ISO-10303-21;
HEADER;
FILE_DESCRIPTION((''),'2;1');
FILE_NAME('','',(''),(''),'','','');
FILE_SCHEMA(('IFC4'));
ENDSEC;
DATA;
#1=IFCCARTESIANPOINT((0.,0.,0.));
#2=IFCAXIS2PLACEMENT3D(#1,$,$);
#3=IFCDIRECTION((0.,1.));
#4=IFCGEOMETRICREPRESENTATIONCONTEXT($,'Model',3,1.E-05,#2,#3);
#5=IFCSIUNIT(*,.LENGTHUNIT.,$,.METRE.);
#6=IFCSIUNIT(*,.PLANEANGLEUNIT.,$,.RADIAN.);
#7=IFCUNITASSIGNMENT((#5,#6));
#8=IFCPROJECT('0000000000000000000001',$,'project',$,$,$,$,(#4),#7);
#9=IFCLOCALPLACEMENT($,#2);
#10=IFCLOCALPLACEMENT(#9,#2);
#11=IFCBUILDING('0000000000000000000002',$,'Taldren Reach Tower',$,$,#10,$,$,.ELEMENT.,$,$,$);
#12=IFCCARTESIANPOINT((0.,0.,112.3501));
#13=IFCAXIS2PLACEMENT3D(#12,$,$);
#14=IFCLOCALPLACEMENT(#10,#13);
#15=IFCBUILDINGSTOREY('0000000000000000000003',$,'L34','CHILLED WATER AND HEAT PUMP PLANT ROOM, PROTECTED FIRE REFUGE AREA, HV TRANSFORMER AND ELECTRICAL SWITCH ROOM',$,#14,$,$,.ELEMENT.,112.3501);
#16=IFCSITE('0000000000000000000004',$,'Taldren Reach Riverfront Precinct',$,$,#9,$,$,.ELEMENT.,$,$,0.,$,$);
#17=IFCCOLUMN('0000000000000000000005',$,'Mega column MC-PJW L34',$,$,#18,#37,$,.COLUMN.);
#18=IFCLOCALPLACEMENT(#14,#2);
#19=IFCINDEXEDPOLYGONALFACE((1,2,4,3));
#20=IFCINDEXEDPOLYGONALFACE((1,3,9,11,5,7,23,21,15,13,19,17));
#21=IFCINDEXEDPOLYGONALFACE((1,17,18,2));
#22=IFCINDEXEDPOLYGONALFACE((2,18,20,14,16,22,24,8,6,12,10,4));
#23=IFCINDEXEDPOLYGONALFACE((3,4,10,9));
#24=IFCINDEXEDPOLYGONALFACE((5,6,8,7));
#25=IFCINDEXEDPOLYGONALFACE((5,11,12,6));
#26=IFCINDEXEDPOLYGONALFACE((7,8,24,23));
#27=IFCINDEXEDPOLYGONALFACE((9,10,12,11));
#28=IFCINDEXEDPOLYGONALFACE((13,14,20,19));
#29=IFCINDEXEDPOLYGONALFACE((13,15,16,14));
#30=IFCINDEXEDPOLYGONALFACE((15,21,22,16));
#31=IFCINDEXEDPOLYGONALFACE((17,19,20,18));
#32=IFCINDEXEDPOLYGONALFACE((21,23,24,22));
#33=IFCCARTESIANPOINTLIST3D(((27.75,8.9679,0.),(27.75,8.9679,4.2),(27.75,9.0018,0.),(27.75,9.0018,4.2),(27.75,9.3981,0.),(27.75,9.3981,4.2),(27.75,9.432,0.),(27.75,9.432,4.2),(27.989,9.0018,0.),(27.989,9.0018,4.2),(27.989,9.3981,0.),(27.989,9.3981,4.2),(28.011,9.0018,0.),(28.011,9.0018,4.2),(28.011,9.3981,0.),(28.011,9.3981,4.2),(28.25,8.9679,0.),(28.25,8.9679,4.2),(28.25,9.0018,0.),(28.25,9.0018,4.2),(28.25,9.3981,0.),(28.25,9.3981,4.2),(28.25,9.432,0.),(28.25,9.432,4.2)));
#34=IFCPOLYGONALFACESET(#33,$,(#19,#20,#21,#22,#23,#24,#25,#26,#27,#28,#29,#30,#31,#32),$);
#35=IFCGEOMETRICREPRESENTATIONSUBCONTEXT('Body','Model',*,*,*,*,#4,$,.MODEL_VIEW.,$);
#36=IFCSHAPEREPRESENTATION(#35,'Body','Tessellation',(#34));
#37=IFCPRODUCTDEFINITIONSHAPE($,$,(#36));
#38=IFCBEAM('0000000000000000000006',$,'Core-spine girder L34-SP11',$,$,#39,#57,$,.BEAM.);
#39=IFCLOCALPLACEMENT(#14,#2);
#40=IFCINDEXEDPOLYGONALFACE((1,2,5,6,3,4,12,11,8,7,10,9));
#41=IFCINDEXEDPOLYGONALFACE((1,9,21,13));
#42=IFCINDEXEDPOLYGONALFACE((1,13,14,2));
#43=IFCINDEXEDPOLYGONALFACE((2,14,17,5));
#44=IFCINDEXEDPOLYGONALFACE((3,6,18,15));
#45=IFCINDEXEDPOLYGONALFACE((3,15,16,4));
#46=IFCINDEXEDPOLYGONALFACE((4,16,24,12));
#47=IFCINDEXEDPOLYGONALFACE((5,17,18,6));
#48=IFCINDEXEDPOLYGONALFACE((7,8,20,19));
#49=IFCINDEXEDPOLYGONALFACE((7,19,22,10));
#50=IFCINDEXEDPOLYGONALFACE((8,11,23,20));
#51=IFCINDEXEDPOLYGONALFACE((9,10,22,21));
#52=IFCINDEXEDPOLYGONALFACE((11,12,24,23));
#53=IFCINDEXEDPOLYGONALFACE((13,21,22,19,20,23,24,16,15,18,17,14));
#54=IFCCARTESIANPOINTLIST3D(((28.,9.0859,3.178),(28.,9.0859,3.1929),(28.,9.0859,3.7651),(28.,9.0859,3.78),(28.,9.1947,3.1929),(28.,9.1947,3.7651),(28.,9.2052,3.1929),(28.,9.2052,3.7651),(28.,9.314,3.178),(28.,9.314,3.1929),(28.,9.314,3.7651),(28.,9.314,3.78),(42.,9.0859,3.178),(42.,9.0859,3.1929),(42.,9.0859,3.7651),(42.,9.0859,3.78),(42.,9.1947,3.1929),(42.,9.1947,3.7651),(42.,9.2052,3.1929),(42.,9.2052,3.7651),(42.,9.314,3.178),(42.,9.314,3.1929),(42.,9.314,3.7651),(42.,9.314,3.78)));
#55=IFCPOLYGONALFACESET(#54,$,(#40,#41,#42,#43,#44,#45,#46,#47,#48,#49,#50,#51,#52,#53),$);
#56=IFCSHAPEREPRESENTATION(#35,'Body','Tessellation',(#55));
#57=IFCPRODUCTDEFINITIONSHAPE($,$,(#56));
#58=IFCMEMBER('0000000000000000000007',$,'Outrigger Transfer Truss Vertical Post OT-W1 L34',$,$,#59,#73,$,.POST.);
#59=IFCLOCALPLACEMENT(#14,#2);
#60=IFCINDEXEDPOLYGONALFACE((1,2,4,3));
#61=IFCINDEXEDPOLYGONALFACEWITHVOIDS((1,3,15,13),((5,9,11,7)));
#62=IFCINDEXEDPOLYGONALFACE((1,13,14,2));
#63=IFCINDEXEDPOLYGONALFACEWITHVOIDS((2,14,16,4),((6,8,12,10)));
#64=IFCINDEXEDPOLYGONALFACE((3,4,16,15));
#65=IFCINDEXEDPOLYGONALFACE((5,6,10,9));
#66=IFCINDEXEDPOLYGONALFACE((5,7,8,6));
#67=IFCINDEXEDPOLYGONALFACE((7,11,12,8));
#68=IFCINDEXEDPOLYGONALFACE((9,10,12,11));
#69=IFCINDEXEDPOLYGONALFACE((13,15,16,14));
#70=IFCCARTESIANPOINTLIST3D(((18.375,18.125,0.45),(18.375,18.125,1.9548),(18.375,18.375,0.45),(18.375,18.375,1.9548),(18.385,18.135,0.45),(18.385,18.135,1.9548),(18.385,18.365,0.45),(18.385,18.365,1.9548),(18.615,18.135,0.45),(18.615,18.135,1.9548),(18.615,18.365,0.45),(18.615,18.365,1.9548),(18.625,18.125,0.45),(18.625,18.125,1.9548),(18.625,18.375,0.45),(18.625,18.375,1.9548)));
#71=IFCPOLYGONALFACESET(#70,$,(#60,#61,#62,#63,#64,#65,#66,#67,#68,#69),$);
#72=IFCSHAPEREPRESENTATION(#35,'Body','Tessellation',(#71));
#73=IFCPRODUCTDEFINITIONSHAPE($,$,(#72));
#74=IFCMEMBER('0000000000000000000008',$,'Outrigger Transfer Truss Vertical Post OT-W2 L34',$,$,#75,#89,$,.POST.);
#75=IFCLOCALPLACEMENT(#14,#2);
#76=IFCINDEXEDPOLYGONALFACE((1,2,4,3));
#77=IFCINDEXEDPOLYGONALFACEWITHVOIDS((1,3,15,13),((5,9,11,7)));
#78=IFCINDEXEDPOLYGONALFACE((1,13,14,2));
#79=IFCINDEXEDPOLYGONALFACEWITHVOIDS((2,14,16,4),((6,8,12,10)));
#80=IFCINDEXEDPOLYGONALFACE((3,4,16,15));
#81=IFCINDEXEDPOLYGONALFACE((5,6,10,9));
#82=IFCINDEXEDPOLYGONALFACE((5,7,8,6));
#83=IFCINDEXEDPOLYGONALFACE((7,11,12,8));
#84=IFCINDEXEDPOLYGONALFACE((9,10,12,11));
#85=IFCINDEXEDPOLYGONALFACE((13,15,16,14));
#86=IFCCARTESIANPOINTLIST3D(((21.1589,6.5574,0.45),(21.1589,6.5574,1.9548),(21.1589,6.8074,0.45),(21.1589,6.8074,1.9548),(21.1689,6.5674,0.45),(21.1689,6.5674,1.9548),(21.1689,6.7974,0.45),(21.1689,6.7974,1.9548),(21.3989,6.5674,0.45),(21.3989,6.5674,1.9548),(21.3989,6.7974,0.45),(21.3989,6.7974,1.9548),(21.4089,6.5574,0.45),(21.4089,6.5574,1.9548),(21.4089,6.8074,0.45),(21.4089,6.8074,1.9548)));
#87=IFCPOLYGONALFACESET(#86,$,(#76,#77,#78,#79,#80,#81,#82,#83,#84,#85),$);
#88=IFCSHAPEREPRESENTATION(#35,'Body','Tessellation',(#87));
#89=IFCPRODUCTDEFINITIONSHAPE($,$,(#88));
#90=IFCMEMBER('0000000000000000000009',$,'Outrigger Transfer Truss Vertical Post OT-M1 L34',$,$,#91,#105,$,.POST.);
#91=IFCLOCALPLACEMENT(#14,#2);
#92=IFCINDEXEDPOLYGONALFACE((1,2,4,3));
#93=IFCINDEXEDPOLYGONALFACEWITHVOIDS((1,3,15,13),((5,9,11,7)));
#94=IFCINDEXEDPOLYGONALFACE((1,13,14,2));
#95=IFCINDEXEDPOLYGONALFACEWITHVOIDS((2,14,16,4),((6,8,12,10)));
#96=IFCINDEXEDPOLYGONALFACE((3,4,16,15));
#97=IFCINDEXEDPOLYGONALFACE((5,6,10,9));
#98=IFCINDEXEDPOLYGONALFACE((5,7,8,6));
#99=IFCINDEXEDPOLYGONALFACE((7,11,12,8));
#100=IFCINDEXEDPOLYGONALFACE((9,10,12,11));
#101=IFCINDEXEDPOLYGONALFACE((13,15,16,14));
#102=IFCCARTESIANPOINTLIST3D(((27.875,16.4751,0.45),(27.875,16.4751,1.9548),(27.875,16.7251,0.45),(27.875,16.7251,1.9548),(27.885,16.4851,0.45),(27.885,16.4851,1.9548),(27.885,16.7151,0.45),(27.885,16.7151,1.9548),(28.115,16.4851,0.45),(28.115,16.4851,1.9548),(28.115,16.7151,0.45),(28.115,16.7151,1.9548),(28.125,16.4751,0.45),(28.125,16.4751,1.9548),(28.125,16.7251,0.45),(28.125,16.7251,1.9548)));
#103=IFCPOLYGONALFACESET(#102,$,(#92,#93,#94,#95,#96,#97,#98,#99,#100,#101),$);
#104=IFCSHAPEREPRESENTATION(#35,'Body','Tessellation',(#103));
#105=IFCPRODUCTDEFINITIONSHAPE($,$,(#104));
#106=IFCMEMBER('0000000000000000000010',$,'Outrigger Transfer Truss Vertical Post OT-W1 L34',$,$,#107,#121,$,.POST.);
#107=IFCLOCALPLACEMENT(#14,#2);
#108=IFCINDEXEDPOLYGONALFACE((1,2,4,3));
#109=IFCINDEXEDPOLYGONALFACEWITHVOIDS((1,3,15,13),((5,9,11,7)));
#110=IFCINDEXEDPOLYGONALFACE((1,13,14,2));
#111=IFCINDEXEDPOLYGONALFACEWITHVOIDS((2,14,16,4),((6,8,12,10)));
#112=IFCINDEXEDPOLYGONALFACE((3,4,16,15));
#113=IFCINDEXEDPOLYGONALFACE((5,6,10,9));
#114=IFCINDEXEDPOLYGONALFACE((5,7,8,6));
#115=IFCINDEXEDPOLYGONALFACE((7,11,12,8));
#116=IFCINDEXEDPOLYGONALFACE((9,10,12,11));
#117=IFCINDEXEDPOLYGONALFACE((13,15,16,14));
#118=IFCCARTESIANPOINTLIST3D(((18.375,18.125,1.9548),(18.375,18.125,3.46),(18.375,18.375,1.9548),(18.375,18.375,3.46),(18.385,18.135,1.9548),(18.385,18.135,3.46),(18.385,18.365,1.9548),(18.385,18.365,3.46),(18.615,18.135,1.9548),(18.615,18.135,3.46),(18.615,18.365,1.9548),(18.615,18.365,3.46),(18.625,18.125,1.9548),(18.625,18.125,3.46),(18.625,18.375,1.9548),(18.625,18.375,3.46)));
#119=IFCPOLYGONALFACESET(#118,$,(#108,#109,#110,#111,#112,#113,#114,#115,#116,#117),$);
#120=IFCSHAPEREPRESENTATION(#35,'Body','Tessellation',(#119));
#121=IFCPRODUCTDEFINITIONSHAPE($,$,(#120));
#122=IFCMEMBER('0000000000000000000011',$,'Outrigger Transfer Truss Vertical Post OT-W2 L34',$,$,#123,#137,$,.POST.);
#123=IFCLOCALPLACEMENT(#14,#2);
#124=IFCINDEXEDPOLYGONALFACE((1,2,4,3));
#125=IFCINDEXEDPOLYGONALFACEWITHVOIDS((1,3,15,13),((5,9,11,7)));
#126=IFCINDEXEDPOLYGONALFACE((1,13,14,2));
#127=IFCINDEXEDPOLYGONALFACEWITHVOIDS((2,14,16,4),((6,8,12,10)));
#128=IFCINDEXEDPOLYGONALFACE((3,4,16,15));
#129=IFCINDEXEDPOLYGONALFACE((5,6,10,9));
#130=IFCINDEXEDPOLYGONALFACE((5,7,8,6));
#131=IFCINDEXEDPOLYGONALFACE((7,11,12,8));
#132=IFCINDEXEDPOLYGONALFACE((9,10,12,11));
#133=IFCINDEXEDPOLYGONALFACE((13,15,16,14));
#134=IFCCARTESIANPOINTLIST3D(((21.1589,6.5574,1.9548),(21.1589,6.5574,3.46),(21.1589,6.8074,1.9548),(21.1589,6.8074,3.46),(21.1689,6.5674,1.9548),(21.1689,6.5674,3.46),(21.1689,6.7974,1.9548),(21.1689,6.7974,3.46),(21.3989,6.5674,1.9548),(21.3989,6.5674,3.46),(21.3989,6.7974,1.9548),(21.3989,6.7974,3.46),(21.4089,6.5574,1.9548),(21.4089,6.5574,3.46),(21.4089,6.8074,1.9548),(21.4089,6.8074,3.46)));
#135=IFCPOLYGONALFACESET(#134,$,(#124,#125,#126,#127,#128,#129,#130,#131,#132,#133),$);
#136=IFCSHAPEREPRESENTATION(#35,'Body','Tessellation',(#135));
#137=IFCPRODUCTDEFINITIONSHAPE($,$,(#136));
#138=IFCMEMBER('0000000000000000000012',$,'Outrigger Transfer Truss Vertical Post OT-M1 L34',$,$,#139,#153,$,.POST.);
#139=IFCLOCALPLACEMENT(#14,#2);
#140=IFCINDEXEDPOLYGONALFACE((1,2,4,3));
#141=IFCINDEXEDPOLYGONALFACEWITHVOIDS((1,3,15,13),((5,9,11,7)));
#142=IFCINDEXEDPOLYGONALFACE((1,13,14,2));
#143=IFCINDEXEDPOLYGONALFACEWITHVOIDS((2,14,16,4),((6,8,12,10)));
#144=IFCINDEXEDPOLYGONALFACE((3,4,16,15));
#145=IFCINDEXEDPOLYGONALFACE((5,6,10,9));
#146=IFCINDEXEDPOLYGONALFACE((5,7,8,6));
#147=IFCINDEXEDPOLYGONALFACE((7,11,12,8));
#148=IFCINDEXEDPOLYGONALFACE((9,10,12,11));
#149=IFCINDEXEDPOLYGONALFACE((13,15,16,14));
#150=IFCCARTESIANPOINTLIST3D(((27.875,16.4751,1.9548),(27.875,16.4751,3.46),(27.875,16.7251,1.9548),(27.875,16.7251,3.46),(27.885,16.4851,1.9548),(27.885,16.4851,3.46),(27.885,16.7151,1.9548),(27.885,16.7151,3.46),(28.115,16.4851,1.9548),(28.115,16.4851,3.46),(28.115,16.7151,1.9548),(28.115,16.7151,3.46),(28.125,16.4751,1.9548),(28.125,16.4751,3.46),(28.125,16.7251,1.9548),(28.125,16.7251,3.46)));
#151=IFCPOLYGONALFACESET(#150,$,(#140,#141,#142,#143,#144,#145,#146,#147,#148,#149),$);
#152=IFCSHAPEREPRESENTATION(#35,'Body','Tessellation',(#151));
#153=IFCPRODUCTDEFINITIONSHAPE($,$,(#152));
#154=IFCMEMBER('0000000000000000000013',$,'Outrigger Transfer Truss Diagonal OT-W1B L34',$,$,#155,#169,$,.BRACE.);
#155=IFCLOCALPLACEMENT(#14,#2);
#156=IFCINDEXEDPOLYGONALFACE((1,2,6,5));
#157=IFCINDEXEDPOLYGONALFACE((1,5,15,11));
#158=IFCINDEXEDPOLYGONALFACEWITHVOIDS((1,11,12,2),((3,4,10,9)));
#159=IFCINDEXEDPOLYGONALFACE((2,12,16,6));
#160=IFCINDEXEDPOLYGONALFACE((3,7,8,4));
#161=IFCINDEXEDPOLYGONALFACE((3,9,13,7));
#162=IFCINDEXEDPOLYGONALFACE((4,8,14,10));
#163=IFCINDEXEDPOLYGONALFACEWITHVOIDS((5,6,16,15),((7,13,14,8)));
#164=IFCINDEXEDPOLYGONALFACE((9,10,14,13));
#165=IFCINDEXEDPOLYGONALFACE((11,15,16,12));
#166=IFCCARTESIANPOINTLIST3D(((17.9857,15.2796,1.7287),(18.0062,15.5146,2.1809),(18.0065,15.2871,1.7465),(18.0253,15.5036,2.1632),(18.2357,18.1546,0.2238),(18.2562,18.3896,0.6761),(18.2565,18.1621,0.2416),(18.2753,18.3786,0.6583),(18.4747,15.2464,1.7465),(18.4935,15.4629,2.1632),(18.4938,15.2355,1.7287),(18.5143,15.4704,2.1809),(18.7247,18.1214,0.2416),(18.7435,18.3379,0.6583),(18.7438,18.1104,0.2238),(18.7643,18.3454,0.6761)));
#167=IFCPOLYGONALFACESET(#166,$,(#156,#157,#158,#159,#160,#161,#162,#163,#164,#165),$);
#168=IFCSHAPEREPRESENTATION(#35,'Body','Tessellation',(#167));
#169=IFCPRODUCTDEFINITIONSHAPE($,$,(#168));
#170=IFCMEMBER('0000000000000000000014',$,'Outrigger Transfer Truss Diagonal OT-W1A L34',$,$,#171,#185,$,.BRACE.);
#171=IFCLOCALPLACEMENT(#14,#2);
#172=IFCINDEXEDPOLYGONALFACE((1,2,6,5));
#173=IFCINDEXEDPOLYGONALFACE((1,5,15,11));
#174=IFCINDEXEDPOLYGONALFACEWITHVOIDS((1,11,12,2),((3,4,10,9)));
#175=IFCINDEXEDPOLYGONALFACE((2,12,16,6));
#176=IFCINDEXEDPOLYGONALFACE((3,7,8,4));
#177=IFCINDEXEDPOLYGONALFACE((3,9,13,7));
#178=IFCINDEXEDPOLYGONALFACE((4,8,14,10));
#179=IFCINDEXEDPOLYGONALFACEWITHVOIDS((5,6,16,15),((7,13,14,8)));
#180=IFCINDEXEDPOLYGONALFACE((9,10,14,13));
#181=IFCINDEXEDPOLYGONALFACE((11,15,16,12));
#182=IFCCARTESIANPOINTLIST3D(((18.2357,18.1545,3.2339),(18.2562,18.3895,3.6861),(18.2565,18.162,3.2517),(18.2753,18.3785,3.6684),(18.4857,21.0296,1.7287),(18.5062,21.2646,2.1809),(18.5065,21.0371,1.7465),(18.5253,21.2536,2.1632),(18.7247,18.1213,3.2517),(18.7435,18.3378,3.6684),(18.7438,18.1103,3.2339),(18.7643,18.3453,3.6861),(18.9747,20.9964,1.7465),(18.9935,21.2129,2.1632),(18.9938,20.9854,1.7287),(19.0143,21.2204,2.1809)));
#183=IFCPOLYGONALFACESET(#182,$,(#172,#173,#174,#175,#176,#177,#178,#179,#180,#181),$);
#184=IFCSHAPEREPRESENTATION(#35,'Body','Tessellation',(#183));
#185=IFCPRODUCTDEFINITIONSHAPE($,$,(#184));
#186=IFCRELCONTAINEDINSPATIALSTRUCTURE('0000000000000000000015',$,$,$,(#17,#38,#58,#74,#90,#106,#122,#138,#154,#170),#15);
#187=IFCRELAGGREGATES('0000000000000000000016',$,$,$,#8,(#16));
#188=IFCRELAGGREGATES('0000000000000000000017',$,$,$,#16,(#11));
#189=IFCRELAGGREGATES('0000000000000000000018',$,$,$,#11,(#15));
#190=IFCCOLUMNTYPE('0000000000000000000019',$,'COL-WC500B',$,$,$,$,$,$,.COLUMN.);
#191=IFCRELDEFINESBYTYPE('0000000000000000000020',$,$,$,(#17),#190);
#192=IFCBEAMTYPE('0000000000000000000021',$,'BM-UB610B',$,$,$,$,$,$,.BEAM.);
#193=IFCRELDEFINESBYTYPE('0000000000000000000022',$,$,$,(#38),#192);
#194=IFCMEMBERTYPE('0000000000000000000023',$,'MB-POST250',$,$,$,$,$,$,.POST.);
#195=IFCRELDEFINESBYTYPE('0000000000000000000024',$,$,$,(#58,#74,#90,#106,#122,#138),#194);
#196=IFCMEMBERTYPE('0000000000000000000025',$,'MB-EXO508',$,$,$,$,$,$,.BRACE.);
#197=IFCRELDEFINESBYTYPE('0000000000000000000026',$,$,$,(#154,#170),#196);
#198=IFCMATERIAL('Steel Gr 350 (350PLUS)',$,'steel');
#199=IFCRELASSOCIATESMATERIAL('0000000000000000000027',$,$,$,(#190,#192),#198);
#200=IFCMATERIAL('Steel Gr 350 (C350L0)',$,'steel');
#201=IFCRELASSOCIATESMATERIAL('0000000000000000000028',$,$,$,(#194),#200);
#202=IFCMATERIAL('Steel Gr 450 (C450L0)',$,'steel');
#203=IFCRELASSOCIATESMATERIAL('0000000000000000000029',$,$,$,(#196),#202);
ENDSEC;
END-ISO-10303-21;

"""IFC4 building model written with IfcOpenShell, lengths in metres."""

from ifc_helpers import new_model, si_unit, direction, frame, origin, origin_2d, place, context, subcontext, project, spatial, hollow_rectangle, i_section, extrude, source, transform, mapped, material, material_profile, profile_set, type_object, element, save


model = new_model("IFC4")

# Units and contexts
model_context = context("Model", 3, precision=1e-05, world=origin(), true_north=direction((0.0, 1.0)))
body_context = subcontext(model_context, "Body", "Model", "MODEL_VIEW")
ifc_project = project(units=[si_unit("LENGTHUNIT", "METRE"), si_unit("PLANEANGLEUNIT", "RADIAN")], contexts=[model_context])

# Site, building, storey
site_placement = place(None, origin())
site = spatial("IfcSite", under=ifc_project, at=site_placement, Name="Taldren Reach Riverfront Precinct", CompositionType="ELEMENT", RefElevation=0.0)
building_placement = place(site_placement, origin())
building = spatial("IfcBuilding", under=site, at=building_placement, Name="Taldren Reach Tower", CompositionType="ELEMENT")
storey_placement = place(building_placement, frame((0.0, 0.0, 112.3501)))
storey = spatial("IfcBuildingStorey", under=building, at=storey_placement, Name="L34", Description="CHILLED WATER AND HEAT PUMP PLANT ROOM, PROTECTED FIRE REFUGE AREA, HV TRANSFORMER AND ELECTRICAL SWITCH ROOM", CompositionType="ELEMENT", Elevation=112.3501)

# Column
ifc_material_1 = material(Name="Steel Gr 350 (350PLUS)", Category="steel")
ifc_material_profile_1 = material_profile(ifc_material_1, i_section(OverallWidth=0.5, OverallDepth=0.4641, WebThickness=0.022, FlangeThickness=0.0339, at=origin_2d()), Name="500WC340")
ifc_profile_set_1 = profile_set([ifc_material_profile_1], Name="Steel Gr 350 (350PLUS)")
column_type = type_object("IfcColumnType", Name="COL-WC500B", PredefinedType="COLUMN", material=ifc_profile_set_1)
shared_shape_1 = source(origin(), body_context, "Body", "SweptSolid", [
    extrude(i_section(OverallWidth=0.5, OverallDepth=0.4641, WebThickness=0.022, FlangeThickness=0.0339, at=origin_2d()), origin(), (0.0, 0.0, 1.0), 4.2),
])
column_placement = place(storey_placement, frame((28.0, 9.2, 0.0), z_axis=(0.0, 0.0, 1.0), x_axis=(1.0, 0.0, 0.0)))
element("IfcColumn", 1, at=column_placement, inside=storey, type_object=column_type, Name="Mega column MC-PJW L34", PredefinedType="COLUMN", context=body_context, shape_type="MappedRepresentation", body=[
    mapped(shared_shape_1, transform((0.0, 0.0, 0.0), scale=1.0)),
])

# Beam
ifc_material_profile_2 = material_profile(ifc_material_1, i_section(OverallWidth=0.228, OverallDepth=0.6021, WebThickness=0.0105, FlangeThickness=0.0149, at=origin_2d()), Name="610UB101")
ifc_profile_set_2 = profile_set([ifc_material_profile_2], Name="Steel Gr 350 (350PLUS)")
beam_type_1 = type_object("IfcBeamType", Name="BM-UB610B", PredefinedType="BEAM", material=ifc_profile_set_2)
shared_shape_2 = source(origin(), body_context, "Body", "SweptSolid", [
    extrude(i_section(OverallWidth=0.228, OverallDepth=0.6021, WebThickness=0.0105, FlangeThickness=0.0149, at=origin_2d()), origin(), (0.0, 0.0, 1.0), 14.0),
])
beam_1_placement = place(storey_placement, frame((28.0, 9.2, 3.479), z_axis=(1.0, 0.0, 0.0), x_axis=(0.0, 1.0, 0.0)))
element("IfcBeam", 2, at=beam_1_placement, inside=storey, type_object=beam_type_1, Name="Core-spine girder L34-SP11", PredefinedType="BEAM", context=body_context, shape_type="MappedRepresentation", body=[
    mapped(shared_shape_2, transform((0.0, 0.0, 0.0), scale=1.0)),
])

# Members
ifc_material_2 = material(Name="Steel Gr 350 (C350L0)", Category="steel")
ifc_material_profile_3 = material_profile(ifc_material_2, hollow_rectangle(XDim=0.25, YDim=0.25, WallThickness=0.01, at=origin_2d()), Name="250x250x10.0SHS")
ifc_profile_set_3 = profile_set([ifc_material_profile_3], Name="Steel Gr 350 (C350L0)")
member_type_1 = type_object("IfcMemberType", Name="MB-POST250", PredefinedType="POST", material=ifc_profile_set_3)
shared_shape_3 = source(origin(), body_context, "Body", "SweptSolid", [
    extrude(hollow_rectangle(XDim=0.25, YDim=0.25, WallThickness=0.01, at=origin_2d()), origin(), (0.0, 0.0, 1.0), 1.5049),
])
for number, where, z_axis, x_axis, name in (
    (3, (18.5, 18.25, 0.45), (0.0, 0.0, 1.0), (1.0, 0.0, 0.0), "Outrigger Transfer Truss Vertical Post OT-W1 L34"),
    (4, (21.2839, 6.6824, 0.45), (0.0, 0.0, 1.0), (1.0, 0.0, 0.0), "Outrigger Transfer Truss Vertical Post OT-W2 L34"),
    (5, (28.0, 16.6001, 0.45), (0.0, 0.0, 1.0), (1.0, 0.0, 0.0), "Outrigger Transfer Truss Vertical Post OT-M1 L34"),
):
    element("IfcMember", number, at=place(storey_placement, frame(where, z_axis=z_axis, x_axis=x_axis)), inside=storey, type_object=member_type_1, Name=name, PredefinedType="POST", context=body_context, shape_type="MappedRepresentation", body=[
        mapped(shared_shape_3, transform((0.0, 0.0, 0.0), scale=1.0)),
    ])
shared_shape_4 = source(origin(), body_context, "Body", "SweptSolid", [
    extrude(hollow_rectangle(XDim=0.25, YDim=0.25, WallThickness=0.01, at=origin_2d()), origin(), (0.0, 0.0, 1.0), 1.5051),
])
for number, where, z_axis, x_axis, name in (
    (6, (18.5, 18.25, 1.9548), (0.0, 0.0, 1.0), (1.0, 0.0, 0.0), "Outrigger Transfer Truss Vertical Post OT-W1 L34"),
    (7, (21.2839, 6.6824, 1.9548), (0.0, 0.0, 1.0), (1.0, 0.0, 0.0), "Outrigger Transfer Truss Vertical Post OT-W2 L34"),
    (8, (28.0, 16.6001, 1.9548), (0.0, 0.0, 1.0), (1.0, 0.0, 0.0), "Outrigger Transfer Truss Vertical Post OT-M1 L34"),
):
    element("IfcMember", number, at=place(storey_placement, frame(where, z_axis=z_axis, x_axis=x_axis)), inside=storey, type_object=member_type_1, Name=name, PredefinedType="POST", context=body_context, shape_type="MappedRepresentation", body=[
        mapped(shared_shape_4, transform((0.0, 0.0, 0.0), scale=1.0)),
    ])
ifc_material_3 = material(Name="Steel Gr 450 (C450L0)", Category="steel")
ifc_material_profile_4 = material_profile(ifc_material_3, hollow_rectangle(XDim=0.51, YDim=0.51, WallThickness=0.02, at=origin_2d()), Name="510x510x20.0SHS")
ifc_profile_set_4 = profile_set([ifc_material_profile_4], Name="Steel Gr 450 (C450L0)")
member_type_2 = type_object("IfcMemberType", Name="MB-EXO508", PredefinedType="BRACE", material=ifc_profile_set_4)
shared_shape_5 = source(origin(), body_context, "Body", "SweptSolid", [
    extrude(hollow_rectangle(XDim=0.51, YDim=0.51, WallThickness=0.02, at=origin_2d()), origin(), (0.0, 0.0, 1.0), 3.2546),
])
member_1_placement = place(storey_placement, frame((18.5, 18.25, 0.45), z_axis=(-0.076813, -0.883349, 0.462378), x_axis=(0.996241, -0.08663, 0.0)))
element("IfcMember", 9, at=member_1_placement, inside=storey, type_object=member_type_2, Name="Outrigger Transfer Truss Diagonal OT-W1B L34", PredefinedType="BRACE", context=body_context, shape_type="MappedRepresentation", body=[
    mapped(shared_shape_5, transform((0.0, 0.0, 0.0), scale=1.0)),
])
shared_shape_6 = source(origin(), body_context, "Body", "SweptSolid", [
    extrude(hollow_rectangle(XDim=0.51, YDim=0.51, WallThickness=0.02, at=origin_2d()), origin(), (0.0, 0.0, 1.0), 3.2549),
])
for number, where, z_axis, x_axis, name in (
    (10, (18.75, 21.125, 1.9548), (-0.07681, -0.883319, 0.462437), (0.996241, -0.08663, 0.0), "Outrigger Transfer Truss Diagonal OT-W1A L34"),
):
    element("IfcMember", number, at=place(storey_placement, frame(where, z_axis=z_axis, x_axis=x_axis)), inside=storey, type_object=member_type_2, Name=name, PredefinedType="BRACE", context=body_context, shape_type="MappedRepresentation", body=[
        mapped(shared_shape_6, transform((0.0, 0.0, 0.0), scale=1.0)),
    ])

save(model, "model.ifc")
